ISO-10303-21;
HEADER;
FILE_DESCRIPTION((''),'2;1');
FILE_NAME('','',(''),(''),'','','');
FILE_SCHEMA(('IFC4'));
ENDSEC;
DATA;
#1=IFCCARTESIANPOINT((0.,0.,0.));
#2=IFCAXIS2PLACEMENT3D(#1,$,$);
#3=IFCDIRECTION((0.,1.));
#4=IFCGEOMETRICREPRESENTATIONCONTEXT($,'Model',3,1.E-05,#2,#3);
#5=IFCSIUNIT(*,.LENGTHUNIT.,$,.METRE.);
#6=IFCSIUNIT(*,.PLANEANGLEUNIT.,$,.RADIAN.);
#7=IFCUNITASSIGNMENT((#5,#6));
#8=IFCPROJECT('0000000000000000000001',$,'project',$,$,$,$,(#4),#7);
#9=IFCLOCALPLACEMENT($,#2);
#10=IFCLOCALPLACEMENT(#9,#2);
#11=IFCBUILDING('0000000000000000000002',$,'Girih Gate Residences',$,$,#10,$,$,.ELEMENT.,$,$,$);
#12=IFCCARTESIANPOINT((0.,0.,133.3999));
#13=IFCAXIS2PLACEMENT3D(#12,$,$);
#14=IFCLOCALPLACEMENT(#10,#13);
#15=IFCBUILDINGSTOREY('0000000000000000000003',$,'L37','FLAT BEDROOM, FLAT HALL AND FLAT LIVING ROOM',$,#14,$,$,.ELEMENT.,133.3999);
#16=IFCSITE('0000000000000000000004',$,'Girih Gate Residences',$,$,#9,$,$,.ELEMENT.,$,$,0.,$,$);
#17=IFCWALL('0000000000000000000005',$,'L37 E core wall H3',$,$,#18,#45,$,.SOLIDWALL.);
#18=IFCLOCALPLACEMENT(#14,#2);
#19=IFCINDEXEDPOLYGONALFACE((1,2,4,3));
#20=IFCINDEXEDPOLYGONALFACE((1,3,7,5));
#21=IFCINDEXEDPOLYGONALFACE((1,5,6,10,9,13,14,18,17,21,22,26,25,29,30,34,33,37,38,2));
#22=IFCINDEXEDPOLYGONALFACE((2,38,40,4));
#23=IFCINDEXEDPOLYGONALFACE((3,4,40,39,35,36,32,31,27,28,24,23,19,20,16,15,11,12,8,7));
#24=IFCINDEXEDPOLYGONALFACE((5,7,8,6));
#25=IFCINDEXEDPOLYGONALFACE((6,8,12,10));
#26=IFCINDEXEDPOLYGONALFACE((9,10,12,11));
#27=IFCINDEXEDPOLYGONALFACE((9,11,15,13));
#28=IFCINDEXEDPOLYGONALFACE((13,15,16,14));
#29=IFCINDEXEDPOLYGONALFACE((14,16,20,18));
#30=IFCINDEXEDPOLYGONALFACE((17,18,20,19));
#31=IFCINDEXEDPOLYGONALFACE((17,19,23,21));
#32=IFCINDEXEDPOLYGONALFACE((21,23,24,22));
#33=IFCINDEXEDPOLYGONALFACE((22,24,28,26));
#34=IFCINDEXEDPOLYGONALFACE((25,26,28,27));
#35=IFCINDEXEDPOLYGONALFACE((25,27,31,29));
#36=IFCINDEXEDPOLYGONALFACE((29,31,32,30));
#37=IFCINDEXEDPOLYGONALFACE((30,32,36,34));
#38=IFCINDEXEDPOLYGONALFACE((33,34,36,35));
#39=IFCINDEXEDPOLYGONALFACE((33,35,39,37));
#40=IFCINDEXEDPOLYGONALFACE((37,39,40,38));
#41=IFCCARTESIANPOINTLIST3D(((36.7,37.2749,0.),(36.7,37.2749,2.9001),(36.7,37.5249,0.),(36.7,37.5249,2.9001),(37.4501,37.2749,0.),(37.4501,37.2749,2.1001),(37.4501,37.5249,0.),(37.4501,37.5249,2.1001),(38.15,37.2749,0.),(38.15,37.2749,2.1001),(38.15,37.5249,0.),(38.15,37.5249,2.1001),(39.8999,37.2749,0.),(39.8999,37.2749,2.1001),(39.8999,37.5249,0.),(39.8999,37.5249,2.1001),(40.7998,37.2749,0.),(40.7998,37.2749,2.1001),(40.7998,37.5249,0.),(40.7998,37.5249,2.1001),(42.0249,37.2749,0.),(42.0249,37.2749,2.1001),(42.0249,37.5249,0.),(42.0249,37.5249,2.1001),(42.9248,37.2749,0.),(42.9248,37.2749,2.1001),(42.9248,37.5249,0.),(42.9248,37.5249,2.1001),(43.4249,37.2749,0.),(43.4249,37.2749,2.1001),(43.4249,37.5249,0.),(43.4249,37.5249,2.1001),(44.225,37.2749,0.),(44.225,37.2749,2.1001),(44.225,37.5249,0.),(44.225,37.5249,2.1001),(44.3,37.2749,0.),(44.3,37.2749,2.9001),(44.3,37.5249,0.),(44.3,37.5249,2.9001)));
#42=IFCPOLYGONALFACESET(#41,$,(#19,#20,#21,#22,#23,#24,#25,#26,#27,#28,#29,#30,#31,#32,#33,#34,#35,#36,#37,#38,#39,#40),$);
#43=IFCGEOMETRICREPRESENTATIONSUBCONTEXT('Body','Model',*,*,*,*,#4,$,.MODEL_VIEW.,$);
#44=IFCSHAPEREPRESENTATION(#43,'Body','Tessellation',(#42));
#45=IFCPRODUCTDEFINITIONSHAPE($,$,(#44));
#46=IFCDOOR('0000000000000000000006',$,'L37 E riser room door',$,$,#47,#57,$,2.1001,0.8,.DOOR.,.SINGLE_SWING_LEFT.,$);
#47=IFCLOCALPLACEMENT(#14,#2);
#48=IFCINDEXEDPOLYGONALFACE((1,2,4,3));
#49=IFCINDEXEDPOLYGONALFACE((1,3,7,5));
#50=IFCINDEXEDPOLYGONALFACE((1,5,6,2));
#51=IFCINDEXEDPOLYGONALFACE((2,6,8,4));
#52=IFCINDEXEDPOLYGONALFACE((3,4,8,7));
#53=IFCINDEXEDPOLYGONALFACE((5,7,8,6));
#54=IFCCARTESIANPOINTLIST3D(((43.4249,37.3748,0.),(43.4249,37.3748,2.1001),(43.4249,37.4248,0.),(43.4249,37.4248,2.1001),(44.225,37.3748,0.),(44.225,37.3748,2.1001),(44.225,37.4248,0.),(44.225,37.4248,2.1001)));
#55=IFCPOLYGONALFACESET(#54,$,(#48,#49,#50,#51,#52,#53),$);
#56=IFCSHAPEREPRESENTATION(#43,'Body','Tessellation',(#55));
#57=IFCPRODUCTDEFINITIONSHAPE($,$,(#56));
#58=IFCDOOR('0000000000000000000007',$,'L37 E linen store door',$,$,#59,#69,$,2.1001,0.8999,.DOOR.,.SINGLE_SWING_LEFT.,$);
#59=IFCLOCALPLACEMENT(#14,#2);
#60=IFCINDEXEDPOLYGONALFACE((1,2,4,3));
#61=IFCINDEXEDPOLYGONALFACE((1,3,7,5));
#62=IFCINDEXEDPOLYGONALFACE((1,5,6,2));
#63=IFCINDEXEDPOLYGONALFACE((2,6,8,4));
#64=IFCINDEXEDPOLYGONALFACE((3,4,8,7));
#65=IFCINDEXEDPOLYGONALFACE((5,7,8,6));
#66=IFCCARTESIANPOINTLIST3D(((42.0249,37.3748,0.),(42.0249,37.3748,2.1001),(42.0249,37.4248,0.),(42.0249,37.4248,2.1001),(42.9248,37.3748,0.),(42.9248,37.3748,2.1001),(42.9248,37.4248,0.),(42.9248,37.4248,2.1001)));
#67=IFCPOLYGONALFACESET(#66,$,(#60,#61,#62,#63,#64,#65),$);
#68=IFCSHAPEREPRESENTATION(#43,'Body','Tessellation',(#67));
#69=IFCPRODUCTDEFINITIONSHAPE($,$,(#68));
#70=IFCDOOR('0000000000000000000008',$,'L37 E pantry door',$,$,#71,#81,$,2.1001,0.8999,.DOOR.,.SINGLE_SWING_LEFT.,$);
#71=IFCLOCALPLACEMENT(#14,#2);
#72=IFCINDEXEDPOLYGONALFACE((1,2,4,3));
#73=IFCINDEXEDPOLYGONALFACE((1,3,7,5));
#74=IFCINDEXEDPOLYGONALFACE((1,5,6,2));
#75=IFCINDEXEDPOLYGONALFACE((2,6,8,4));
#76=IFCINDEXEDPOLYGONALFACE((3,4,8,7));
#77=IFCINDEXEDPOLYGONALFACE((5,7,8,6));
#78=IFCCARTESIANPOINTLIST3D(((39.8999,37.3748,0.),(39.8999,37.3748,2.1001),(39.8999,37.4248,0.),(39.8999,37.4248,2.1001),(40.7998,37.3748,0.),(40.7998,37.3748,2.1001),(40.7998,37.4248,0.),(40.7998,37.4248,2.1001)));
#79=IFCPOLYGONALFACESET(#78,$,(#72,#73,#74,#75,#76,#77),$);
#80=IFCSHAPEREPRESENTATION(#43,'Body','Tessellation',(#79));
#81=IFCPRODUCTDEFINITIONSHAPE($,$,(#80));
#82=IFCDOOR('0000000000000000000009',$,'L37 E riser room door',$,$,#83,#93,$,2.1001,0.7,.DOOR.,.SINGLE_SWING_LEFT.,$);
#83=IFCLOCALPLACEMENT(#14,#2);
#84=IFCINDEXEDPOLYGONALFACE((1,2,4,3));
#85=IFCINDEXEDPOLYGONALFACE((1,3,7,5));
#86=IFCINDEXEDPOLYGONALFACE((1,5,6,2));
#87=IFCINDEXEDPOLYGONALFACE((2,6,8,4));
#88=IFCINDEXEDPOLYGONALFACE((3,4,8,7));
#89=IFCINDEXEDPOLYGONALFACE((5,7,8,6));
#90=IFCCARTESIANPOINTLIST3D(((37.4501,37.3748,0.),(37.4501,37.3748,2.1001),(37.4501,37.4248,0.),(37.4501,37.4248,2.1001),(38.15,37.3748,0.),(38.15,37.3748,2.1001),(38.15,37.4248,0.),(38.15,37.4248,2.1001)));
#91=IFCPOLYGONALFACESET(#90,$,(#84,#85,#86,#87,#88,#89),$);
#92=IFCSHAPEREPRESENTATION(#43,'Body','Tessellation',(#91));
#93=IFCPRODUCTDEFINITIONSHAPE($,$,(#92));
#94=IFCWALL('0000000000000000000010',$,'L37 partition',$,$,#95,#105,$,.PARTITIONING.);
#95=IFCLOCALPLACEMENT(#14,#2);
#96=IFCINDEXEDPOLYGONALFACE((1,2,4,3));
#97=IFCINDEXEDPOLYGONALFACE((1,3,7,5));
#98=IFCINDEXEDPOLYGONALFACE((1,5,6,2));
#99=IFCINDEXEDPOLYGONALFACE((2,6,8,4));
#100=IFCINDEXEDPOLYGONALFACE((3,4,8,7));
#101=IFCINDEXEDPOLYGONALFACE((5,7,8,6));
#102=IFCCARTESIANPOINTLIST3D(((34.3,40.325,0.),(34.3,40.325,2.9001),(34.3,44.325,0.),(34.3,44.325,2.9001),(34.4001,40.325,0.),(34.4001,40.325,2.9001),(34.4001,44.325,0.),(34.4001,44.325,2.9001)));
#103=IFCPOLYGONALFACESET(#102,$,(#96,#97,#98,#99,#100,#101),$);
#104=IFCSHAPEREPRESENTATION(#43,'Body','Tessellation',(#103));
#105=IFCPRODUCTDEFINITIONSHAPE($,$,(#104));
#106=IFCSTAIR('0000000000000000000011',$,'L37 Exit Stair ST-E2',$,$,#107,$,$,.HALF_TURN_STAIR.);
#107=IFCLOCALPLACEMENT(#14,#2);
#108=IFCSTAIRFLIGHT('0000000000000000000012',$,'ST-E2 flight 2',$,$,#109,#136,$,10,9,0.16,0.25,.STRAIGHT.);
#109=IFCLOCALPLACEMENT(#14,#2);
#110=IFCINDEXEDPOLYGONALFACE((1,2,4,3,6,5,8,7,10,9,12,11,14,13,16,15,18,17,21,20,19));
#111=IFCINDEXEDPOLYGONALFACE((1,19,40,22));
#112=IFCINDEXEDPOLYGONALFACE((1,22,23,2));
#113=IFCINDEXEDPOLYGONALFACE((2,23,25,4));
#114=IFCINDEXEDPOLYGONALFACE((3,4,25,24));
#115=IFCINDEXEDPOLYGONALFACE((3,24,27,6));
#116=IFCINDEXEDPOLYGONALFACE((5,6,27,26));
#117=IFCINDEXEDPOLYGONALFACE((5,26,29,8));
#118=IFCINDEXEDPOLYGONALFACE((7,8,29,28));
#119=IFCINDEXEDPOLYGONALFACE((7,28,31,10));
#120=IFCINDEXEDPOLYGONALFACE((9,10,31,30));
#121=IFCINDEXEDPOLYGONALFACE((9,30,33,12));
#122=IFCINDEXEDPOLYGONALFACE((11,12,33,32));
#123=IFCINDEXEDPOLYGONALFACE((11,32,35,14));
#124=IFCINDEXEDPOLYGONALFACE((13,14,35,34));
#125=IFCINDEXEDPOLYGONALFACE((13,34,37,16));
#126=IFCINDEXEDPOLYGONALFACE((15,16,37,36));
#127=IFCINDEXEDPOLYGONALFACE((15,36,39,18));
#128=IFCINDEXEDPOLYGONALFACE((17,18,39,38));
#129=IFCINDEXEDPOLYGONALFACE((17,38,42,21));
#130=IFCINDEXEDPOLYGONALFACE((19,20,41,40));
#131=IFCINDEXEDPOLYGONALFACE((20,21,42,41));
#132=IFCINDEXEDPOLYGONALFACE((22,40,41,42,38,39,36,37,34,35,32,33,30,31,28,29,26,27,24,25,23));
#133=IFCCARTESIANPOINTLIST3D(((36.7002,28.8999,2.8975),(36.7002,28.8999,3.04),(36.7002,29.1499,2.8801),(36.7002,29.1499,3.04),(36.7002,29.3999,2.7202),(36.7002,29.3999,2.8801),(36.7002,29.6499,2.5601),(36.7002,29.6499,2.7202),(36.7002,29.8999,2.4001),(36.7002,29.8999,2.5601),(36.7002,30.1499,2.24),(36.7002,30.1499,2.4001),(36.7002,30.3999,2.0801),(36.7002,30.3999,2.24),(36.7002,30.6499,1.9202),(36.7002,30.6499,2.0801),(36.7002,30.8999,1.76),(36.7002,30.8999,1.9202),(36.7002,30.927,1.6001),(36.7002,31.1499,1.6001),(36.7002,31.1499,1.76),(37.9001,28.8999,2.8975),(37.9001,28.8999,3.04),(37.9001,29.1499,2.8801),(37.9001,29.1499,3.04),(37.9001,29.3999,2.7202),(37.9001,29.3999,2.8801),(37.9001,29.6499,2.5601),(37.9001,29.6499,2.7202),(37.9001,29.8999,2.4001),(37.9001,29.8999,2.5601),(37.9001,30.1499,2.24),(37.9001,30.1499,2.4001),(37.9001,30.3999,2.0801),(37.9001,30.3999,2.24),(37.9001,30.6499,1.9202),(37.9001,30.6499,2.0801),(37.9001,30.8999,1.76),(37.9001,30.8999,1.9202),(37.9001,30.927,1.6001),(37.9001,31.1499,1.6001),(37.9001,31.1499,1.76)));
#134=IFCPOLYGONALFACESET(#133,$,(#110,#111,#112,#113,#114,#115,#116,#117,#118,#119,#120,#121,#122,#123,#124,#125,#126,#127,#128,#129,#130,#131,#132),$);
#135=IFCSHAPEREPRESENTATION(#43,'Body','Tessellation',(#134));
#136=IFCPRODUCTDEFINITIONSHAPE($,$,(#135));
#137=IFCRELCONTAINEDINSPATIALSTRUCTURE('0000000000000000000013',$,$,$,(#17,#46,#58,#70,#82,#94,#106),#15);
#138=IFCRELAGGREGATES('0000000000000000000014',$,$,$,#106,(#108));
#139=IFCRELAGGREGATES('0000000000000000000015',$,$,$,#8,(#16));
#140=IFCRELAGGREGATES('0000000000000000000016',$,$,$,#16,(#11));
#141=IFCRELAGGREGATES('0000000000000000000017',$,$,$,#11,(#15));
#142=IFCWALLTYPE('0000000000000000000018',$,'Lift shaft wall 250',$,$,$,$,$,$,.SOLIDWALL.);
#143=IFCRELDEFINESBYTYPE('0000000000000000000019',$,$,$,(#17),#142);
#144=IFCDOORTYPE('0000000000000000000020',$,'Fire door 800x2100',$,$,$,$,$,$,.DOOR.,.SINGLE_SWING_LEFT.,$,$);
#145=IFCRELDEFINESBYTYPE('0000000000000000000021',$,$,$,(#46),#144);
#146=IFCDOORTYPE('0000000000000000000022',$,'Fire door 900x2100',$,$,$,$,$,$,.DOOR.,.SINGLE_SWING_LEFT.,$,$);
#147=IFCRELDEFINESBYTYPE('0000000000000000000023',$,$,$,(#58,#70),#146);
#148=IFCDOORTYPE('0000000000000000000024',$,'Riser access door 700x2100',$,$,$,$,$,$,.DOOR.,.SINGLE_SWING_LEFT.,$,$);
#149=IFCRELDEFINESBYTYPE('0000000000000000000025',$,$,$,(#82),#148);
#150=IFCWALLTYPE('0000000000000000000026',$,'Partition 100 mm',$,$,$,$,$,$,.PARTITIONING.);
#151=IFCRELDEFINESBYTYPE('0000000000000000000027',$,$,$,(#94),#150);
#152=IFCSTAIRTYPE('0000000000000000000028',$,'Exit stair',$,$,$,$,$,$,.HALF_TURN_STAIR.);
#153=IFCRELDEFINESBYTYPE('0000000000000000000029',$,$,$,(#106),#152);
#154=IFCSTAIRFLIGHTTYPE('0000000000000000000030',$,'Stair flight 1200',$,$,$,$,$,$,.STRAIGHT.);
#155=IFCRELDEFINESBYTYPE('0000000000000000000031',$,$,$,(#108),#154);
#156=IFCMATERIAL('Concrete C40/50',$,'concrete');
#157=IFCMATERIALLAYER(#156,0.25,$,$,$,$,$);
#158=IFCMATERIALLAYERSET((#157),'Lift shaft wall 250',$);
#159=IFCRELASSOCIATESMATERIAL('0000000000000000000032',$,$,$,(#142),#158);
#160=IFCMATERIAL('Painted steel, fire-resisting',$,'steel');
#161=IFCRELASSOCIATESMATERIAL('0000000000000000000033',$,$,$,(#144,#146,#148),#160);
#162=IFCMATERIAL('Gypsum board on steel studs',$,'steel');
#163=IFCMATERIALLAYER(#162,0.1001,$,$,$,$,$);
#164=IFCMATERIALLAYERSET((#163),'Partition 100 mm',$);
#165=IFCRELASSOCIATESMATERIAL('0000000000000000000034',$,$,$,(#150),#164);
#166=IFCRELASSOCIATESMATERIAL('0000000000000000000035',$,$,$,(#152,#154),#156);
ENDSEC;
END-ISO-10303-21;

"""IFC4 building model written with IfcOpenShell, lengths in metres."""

from ifc_helpers import new_model, si_unit, direction, frame, frame_2d, origin, place, context, subcontext, project, spatial, polyline, rectangle, outline, extrude, material, layer, layer_set, type_object, element, fill, aggregate, save


model = new_model("IFC4")

# Units and contexts
model_context = context("Model", 3, precision=1e-05, world=origin(), true_north=direction((0.0, 1.0)))
body_context = subcontext(model_context, "Body", "Model", "MODEL_VIEW")
ifc_project = project(units=[si_unit("LENGTHUNIT", "METRE"), si_unit("PLANEANGLEUNIT", "RADIAN")], contexts=[model_context])

# Site, building, storey
site_placement = place(None, origin())
site = spatial("IfcSite", under=ifc_project, at=site_placement, Name="Girih Gate Residences", CompositionType="ELEMENT", RefElevation=0.0)
building_placement = place(site_placement, origin())
building = spatial("IfcBuilding", under=site, at=building_placement, Name="Girih Gate Residences", CompositionType="ELEMENT")
storey_placement = place(building_placement, frame((0.0, 0.0, 133.3999)))
storey = spatial("IfcBuildingStorey", under=building, at=storey_placement, Name="L37", Description="FLAT BEDROOM, FLAT HALL AND FLAT LIVING ROOM", CompositionType="ELEMENT", Elevation=133.3999)

# Shared definitions
ifc_material_1 = material(Name="Gypsum board on steel studs", Category="steel")

# Shared definitions
ifc_material_2 = material(Name="Concrete C40/50", Category="concrete")
ifc_layer_1 = layer(ifc_material_2, 0.25)
ifc_layer_set_1 = layer_set([ifc_layer_1], Name="Lift shaft wall 250")
wall_type_1 = type_object("IfcWallType", Name="Lift shaft wall 250", PredefinedType="SOLIDWALL", material=ifc_layer_set_1)

# Wall, openings, doors
ifc_material_3 = material(Name="Painted steel, fire-resisting", Category="steel")
door_type_1 = type_object("IfcDoorType", Name="Fire door 800x2100", OperationType="SINGLE_SWING_LEFT", PredefinedType="DOOR", material=ifc_material_3)
door_type_2 = type_object("IfcDoorType", Name="Fire door 900x2100", OperationType="SINGLE_SWING_LEFT", PredefinedType="DOOR", material=ifc_material_3)
wall_1_placement = place(storey_placement, frame((36.7, 37.3999, 0.0), z_axis=(0.0, 0.0, 1.0), x_axis=(1.0, 0.0, 0.0)))
wall_1 = element("IfcWall", 1, at=wall_1_placement, inside=storey, type_object=wall_type_1, Name="L37 E core wall H3", PredefinedType="SOLIDWALL", context=body_context, shape_type="SweptSolid", body=[
    extrude(rectangle(XDim=7.6001, YDim=0.25, at=frame_2d((3.8, 0.0))), origin(), (0.0, 0.0, 1.0), 2.9001),
])
opening_1_placement = place(wall_1_placement, frame((0.75, 0.0, 0.0)))
opening_1 = element("IfcOpeningElement", 2, at=opening_1_placement, cuts=wall_1, PredefinedType="OPENING", context=body_context, shape_type="SweptSolid", body=[
    extrude(rectangle(XDim=0.7, YDim=2.1001, at=frame_2d((0.3501, 1.05))), frame((0.0, 0.135, 0.0), z_axis=(0.0, -1.0, 0.0), x_axis=(1.0, 0.0, 0.0)), (0.0, 0.0, 1.0), 0.27),
])
opening_2_placement = place(wall_1_placement, frame((6.7251, 0.0, 0.0)))
opening_2 = element("IfcOpeningElement", 3, at=opening_2_placement, cuts=wall_1, PredefinedType="OPENING", context=body_context, shape_type="SweptSolid", body=[
    extrude(rectangle(XDim=0.8, YDim=2.1001, at=frame_2d((0.3999, 1.05))), frame((0.0, 0.135, 0.0), z_axis=(0.0, -1.0, 0.0), x_axis=(1.0, 0.0, 0.0)), (0.0, 0.0, 1.0), 0.27),
])
opening_3_placement = place(wall_1_placement, frame((5.325, 0.0, 0.0)))
opening_3 = element("IfcOpeningElement", 4, at=opening_3_placement, cuts=wall_1, PredefinedType="OPENING", context=body_context, shape_type="SweptSolid", body=[
    extrude(rectangle(XDim=0.8999, YDim=2.1001, at=frame_2d((0.45, 1.05))), frame((0.0, 0.135, 0.0), z_axis=(0.0, -1.0, 0.0), x_axis=(1.0, 0.0, 0.0)), (0.0, 0.0, 1.0), 0.27),
])
opening_4_placement = place(wall_1_placement, frame((3.2, 0.0, 0.0)))
opening_4 = element("IfcOpeningElement", 5, at=opening_4_placement, cuts=wall_1, PredefinedType="OPENING", context=body_context, shape_type="SweptSolid", body=[
    extrude(rectangle(XDim=0.8999, YDim=2.1001, at=frame_2d((0.45, 1.05))), frame((0.0, 0.135, 0.0), z_axis=(0.0, -1.0, 0.0), x_axis=(1.0, 0.0, 0.0)), (0.0, 0.0, 1.0), 0.27),
])
door_1_placement = place(opening_2_placement, origin())
door_1 = element("IfcDoor", 6, at=door_1_placement, inside=storey, type_object=door_type_1, Name="L37 E riser room door", OperationType="SINGLE_SWING_LEFT", OverallHeight=2.1001, OverallWidth=0.8, PredefinedType="DOOR", context=body_context, shape_type="SweptSolid", body=[
    extrude(rectangle(XDim=0.8, YDim=2.1001, at=frame_2d((0.3999, 1.05))), frame((0.0, 0.0249, 0.0), z_axis=(0.0, -1.0, 0.0), x_axis=(1.0, 0.0, 0.0)), (0.0, 0.0, 1.0), 0.05),
])
fill(opening_2, door_1)
door_2_placement = place(opening_3_placement, origin())
door_2 = element("IfcDoor", 7, at=door_2_placement, inside=storey, type_object=door_type_2, Name="L37 E linen store door", OperationType="SINGLE_SWING_LEFT", OverallHeight=2.1001, OverallWidth=0.8999, PredefinedType="DOOR", context=body_context, shape_type="SweptSolid", body=[
    extrude(rectangle(XDim=0.8999, YDim=2.1001, at=frame_2d((0.45, 1.05))), frame((0.0, 0.0249, 0.0), z_axis=(0.0, -1.0, 0.0), x_axis=(1.0, 0.0, 0.0)), (0.0, 0.0, 1.0), 0.05),
])
fill(opening_3, door_2)
door_3_placement = place(opening_4_placement, origin())
door_3 = element("IfcDoor", 8, at=door_3_placement, inside=storey, type_object=door_type_2, Name="L37 E pantry door", OperationType="SINGLE_SWING_LEFT", OverallHeight=2.1001, OverallWidth=0.8999, PredefinedType="DOOR", context=body_context, shape_type="SweptSolid", body=[
    extrude(rectangle(XDim=0.8999, YDim=2.1001, at=frame_2d((0.45, 1.05))), frame((0.0, 0.0249, 0.0), z_axis=(0.0, -1.0, 0.0), x_axis=(1.0, 0.0, 0.0)), (0.0, 0.0, 1.0), 0.05),
])
fill(opening_4, door_3)
door_type_3 = type_object("IfcDoorType", Name="Riser access door 700x2100", OperationType="SINGLE_SWING_LEFT", PredefinedType="DOOR", material=ifc_material_3)
door_4_placement = place(opening_1_placement, origin())
door_4 = element("IfcDoor", 9, at=door_4_placement, inside=storey, type_object=door_type_3, Name="L37 E riser room door", OperationType="SINGLE_SWING_LEFT", OverallHeight=2.1001, OverallWidth=0.7, PredefinedType="DOOR", context=body_context, shape_type="SweptSolid", body=[
    extrude(rectangle(XDim=0.7, YDim=2.1001, at=frame_2d((0.3501, 1.05))), frame((0.0, 0.0249, 0.0), z_axis=(0.0, -1.0, 0.0), x_axis=(1.0, 0.0, 0.0)), (0.0, 0.0, 1.0), 0.05),
])
fill(opening_1, door_4)

# Wall
ifc_layer_2 = layer(ifc_material_1, 0.1001)
ifc_layer_set_2 = layer_set([ifc_layer_2], Name="Partition 100 mm")
wall_type_2 = type_object("IfcWallType", Name="Partition 100 mm", PredefinedType="PARTITIONING", material=ifc_layer_set_2)
wall_2_placement = place(storey_placement, frame((34.3501, 40.325, 0.0), z_axis=(0.0, 0.0, 1.0), x_axis=(0.0, 1.0, 0.0)))
element("IfcWall", 10, at=wall_2_placement, inside=storey, type_object=wall_type_2, Name="L37 partition", PredefinedType="PARTITIONING", context=body_context, shape_type="SweptSolid", body=[
    extrude(rectangle(XDim=4.0, YDim=0.1001, at=frame_2d((2.0, 0.0))), origin(), (0.0, 0.0, 1.0), 2.9001),
])

# Stair, stair flight
stair_type = type_object("IfcStairType", Name="Exit stair", PredefinedType="HALF_TURN_STAIR", material=ifc_material_2)
stair_placement = place(storey_placement, origin())
stair = element("IfcStair", 11, at=stair_placement, inside=storey, type_object=stair_type, Name="L37 Exit Stair ST-E2", PredefinedType="HALF_TURN_STAIR")
stair_flight_type = type_object("IfcStairFlightType", Name="Stair flight 1200", PredefinedType="STRAIGHT", material=ifc_material_2)
stair_flight_placement = place(storey_placement, frame((37.3, 31.1499, 1.6001), z_axis=(0.0, 0.0, 1.0), x_axis=(0.0, -1.0, 0.0)))
stair_flight = element("IfcStairFlight", 12, at=stair_flight_placement, type_object=stair_flight_type, Name="ST-E2 flight 2", NumberOfRisers=10, NumberOfTreads=9, PredefinedType="STRAIGHT", RiserHeight=0.16, TreadLength=0.25, context=body_context, shape_type="SweptSolid", body=[
    extrude(outline(polyline([(0.0, 0.0), (0.0, 0.1599), (0.25, 0.1599), (0.25, 0.3201), (0.5, 0.3201), (0.5, 0.48), (0.75, 0.48), (0.75, 0.6399), (1.0, 0.6399), (1.0, 0.8), (1.25, 0.8), (1.25, 0.96), (1.5, 0.96), (1.5, 1.1201), (1.75, 1.1201), (1.75, 1.28), (2.0, 1.28), (2.0, 1.4399), (2.25, 1.4399), (2.25, 1.6001), (2.25, 1.2974), (0.2229, 0.0), (0.0, 0.0)])), frame((0.0, 0.6001, 0.0), z_axis=(0.0, -1.0, 0.0), x_axis=(1.0, 0.0, 0.0)), (0.0, 0.0, 1.0), 1.2),
])
aggregate(stair, [stair_flight])

save(model, "model.ifc")
